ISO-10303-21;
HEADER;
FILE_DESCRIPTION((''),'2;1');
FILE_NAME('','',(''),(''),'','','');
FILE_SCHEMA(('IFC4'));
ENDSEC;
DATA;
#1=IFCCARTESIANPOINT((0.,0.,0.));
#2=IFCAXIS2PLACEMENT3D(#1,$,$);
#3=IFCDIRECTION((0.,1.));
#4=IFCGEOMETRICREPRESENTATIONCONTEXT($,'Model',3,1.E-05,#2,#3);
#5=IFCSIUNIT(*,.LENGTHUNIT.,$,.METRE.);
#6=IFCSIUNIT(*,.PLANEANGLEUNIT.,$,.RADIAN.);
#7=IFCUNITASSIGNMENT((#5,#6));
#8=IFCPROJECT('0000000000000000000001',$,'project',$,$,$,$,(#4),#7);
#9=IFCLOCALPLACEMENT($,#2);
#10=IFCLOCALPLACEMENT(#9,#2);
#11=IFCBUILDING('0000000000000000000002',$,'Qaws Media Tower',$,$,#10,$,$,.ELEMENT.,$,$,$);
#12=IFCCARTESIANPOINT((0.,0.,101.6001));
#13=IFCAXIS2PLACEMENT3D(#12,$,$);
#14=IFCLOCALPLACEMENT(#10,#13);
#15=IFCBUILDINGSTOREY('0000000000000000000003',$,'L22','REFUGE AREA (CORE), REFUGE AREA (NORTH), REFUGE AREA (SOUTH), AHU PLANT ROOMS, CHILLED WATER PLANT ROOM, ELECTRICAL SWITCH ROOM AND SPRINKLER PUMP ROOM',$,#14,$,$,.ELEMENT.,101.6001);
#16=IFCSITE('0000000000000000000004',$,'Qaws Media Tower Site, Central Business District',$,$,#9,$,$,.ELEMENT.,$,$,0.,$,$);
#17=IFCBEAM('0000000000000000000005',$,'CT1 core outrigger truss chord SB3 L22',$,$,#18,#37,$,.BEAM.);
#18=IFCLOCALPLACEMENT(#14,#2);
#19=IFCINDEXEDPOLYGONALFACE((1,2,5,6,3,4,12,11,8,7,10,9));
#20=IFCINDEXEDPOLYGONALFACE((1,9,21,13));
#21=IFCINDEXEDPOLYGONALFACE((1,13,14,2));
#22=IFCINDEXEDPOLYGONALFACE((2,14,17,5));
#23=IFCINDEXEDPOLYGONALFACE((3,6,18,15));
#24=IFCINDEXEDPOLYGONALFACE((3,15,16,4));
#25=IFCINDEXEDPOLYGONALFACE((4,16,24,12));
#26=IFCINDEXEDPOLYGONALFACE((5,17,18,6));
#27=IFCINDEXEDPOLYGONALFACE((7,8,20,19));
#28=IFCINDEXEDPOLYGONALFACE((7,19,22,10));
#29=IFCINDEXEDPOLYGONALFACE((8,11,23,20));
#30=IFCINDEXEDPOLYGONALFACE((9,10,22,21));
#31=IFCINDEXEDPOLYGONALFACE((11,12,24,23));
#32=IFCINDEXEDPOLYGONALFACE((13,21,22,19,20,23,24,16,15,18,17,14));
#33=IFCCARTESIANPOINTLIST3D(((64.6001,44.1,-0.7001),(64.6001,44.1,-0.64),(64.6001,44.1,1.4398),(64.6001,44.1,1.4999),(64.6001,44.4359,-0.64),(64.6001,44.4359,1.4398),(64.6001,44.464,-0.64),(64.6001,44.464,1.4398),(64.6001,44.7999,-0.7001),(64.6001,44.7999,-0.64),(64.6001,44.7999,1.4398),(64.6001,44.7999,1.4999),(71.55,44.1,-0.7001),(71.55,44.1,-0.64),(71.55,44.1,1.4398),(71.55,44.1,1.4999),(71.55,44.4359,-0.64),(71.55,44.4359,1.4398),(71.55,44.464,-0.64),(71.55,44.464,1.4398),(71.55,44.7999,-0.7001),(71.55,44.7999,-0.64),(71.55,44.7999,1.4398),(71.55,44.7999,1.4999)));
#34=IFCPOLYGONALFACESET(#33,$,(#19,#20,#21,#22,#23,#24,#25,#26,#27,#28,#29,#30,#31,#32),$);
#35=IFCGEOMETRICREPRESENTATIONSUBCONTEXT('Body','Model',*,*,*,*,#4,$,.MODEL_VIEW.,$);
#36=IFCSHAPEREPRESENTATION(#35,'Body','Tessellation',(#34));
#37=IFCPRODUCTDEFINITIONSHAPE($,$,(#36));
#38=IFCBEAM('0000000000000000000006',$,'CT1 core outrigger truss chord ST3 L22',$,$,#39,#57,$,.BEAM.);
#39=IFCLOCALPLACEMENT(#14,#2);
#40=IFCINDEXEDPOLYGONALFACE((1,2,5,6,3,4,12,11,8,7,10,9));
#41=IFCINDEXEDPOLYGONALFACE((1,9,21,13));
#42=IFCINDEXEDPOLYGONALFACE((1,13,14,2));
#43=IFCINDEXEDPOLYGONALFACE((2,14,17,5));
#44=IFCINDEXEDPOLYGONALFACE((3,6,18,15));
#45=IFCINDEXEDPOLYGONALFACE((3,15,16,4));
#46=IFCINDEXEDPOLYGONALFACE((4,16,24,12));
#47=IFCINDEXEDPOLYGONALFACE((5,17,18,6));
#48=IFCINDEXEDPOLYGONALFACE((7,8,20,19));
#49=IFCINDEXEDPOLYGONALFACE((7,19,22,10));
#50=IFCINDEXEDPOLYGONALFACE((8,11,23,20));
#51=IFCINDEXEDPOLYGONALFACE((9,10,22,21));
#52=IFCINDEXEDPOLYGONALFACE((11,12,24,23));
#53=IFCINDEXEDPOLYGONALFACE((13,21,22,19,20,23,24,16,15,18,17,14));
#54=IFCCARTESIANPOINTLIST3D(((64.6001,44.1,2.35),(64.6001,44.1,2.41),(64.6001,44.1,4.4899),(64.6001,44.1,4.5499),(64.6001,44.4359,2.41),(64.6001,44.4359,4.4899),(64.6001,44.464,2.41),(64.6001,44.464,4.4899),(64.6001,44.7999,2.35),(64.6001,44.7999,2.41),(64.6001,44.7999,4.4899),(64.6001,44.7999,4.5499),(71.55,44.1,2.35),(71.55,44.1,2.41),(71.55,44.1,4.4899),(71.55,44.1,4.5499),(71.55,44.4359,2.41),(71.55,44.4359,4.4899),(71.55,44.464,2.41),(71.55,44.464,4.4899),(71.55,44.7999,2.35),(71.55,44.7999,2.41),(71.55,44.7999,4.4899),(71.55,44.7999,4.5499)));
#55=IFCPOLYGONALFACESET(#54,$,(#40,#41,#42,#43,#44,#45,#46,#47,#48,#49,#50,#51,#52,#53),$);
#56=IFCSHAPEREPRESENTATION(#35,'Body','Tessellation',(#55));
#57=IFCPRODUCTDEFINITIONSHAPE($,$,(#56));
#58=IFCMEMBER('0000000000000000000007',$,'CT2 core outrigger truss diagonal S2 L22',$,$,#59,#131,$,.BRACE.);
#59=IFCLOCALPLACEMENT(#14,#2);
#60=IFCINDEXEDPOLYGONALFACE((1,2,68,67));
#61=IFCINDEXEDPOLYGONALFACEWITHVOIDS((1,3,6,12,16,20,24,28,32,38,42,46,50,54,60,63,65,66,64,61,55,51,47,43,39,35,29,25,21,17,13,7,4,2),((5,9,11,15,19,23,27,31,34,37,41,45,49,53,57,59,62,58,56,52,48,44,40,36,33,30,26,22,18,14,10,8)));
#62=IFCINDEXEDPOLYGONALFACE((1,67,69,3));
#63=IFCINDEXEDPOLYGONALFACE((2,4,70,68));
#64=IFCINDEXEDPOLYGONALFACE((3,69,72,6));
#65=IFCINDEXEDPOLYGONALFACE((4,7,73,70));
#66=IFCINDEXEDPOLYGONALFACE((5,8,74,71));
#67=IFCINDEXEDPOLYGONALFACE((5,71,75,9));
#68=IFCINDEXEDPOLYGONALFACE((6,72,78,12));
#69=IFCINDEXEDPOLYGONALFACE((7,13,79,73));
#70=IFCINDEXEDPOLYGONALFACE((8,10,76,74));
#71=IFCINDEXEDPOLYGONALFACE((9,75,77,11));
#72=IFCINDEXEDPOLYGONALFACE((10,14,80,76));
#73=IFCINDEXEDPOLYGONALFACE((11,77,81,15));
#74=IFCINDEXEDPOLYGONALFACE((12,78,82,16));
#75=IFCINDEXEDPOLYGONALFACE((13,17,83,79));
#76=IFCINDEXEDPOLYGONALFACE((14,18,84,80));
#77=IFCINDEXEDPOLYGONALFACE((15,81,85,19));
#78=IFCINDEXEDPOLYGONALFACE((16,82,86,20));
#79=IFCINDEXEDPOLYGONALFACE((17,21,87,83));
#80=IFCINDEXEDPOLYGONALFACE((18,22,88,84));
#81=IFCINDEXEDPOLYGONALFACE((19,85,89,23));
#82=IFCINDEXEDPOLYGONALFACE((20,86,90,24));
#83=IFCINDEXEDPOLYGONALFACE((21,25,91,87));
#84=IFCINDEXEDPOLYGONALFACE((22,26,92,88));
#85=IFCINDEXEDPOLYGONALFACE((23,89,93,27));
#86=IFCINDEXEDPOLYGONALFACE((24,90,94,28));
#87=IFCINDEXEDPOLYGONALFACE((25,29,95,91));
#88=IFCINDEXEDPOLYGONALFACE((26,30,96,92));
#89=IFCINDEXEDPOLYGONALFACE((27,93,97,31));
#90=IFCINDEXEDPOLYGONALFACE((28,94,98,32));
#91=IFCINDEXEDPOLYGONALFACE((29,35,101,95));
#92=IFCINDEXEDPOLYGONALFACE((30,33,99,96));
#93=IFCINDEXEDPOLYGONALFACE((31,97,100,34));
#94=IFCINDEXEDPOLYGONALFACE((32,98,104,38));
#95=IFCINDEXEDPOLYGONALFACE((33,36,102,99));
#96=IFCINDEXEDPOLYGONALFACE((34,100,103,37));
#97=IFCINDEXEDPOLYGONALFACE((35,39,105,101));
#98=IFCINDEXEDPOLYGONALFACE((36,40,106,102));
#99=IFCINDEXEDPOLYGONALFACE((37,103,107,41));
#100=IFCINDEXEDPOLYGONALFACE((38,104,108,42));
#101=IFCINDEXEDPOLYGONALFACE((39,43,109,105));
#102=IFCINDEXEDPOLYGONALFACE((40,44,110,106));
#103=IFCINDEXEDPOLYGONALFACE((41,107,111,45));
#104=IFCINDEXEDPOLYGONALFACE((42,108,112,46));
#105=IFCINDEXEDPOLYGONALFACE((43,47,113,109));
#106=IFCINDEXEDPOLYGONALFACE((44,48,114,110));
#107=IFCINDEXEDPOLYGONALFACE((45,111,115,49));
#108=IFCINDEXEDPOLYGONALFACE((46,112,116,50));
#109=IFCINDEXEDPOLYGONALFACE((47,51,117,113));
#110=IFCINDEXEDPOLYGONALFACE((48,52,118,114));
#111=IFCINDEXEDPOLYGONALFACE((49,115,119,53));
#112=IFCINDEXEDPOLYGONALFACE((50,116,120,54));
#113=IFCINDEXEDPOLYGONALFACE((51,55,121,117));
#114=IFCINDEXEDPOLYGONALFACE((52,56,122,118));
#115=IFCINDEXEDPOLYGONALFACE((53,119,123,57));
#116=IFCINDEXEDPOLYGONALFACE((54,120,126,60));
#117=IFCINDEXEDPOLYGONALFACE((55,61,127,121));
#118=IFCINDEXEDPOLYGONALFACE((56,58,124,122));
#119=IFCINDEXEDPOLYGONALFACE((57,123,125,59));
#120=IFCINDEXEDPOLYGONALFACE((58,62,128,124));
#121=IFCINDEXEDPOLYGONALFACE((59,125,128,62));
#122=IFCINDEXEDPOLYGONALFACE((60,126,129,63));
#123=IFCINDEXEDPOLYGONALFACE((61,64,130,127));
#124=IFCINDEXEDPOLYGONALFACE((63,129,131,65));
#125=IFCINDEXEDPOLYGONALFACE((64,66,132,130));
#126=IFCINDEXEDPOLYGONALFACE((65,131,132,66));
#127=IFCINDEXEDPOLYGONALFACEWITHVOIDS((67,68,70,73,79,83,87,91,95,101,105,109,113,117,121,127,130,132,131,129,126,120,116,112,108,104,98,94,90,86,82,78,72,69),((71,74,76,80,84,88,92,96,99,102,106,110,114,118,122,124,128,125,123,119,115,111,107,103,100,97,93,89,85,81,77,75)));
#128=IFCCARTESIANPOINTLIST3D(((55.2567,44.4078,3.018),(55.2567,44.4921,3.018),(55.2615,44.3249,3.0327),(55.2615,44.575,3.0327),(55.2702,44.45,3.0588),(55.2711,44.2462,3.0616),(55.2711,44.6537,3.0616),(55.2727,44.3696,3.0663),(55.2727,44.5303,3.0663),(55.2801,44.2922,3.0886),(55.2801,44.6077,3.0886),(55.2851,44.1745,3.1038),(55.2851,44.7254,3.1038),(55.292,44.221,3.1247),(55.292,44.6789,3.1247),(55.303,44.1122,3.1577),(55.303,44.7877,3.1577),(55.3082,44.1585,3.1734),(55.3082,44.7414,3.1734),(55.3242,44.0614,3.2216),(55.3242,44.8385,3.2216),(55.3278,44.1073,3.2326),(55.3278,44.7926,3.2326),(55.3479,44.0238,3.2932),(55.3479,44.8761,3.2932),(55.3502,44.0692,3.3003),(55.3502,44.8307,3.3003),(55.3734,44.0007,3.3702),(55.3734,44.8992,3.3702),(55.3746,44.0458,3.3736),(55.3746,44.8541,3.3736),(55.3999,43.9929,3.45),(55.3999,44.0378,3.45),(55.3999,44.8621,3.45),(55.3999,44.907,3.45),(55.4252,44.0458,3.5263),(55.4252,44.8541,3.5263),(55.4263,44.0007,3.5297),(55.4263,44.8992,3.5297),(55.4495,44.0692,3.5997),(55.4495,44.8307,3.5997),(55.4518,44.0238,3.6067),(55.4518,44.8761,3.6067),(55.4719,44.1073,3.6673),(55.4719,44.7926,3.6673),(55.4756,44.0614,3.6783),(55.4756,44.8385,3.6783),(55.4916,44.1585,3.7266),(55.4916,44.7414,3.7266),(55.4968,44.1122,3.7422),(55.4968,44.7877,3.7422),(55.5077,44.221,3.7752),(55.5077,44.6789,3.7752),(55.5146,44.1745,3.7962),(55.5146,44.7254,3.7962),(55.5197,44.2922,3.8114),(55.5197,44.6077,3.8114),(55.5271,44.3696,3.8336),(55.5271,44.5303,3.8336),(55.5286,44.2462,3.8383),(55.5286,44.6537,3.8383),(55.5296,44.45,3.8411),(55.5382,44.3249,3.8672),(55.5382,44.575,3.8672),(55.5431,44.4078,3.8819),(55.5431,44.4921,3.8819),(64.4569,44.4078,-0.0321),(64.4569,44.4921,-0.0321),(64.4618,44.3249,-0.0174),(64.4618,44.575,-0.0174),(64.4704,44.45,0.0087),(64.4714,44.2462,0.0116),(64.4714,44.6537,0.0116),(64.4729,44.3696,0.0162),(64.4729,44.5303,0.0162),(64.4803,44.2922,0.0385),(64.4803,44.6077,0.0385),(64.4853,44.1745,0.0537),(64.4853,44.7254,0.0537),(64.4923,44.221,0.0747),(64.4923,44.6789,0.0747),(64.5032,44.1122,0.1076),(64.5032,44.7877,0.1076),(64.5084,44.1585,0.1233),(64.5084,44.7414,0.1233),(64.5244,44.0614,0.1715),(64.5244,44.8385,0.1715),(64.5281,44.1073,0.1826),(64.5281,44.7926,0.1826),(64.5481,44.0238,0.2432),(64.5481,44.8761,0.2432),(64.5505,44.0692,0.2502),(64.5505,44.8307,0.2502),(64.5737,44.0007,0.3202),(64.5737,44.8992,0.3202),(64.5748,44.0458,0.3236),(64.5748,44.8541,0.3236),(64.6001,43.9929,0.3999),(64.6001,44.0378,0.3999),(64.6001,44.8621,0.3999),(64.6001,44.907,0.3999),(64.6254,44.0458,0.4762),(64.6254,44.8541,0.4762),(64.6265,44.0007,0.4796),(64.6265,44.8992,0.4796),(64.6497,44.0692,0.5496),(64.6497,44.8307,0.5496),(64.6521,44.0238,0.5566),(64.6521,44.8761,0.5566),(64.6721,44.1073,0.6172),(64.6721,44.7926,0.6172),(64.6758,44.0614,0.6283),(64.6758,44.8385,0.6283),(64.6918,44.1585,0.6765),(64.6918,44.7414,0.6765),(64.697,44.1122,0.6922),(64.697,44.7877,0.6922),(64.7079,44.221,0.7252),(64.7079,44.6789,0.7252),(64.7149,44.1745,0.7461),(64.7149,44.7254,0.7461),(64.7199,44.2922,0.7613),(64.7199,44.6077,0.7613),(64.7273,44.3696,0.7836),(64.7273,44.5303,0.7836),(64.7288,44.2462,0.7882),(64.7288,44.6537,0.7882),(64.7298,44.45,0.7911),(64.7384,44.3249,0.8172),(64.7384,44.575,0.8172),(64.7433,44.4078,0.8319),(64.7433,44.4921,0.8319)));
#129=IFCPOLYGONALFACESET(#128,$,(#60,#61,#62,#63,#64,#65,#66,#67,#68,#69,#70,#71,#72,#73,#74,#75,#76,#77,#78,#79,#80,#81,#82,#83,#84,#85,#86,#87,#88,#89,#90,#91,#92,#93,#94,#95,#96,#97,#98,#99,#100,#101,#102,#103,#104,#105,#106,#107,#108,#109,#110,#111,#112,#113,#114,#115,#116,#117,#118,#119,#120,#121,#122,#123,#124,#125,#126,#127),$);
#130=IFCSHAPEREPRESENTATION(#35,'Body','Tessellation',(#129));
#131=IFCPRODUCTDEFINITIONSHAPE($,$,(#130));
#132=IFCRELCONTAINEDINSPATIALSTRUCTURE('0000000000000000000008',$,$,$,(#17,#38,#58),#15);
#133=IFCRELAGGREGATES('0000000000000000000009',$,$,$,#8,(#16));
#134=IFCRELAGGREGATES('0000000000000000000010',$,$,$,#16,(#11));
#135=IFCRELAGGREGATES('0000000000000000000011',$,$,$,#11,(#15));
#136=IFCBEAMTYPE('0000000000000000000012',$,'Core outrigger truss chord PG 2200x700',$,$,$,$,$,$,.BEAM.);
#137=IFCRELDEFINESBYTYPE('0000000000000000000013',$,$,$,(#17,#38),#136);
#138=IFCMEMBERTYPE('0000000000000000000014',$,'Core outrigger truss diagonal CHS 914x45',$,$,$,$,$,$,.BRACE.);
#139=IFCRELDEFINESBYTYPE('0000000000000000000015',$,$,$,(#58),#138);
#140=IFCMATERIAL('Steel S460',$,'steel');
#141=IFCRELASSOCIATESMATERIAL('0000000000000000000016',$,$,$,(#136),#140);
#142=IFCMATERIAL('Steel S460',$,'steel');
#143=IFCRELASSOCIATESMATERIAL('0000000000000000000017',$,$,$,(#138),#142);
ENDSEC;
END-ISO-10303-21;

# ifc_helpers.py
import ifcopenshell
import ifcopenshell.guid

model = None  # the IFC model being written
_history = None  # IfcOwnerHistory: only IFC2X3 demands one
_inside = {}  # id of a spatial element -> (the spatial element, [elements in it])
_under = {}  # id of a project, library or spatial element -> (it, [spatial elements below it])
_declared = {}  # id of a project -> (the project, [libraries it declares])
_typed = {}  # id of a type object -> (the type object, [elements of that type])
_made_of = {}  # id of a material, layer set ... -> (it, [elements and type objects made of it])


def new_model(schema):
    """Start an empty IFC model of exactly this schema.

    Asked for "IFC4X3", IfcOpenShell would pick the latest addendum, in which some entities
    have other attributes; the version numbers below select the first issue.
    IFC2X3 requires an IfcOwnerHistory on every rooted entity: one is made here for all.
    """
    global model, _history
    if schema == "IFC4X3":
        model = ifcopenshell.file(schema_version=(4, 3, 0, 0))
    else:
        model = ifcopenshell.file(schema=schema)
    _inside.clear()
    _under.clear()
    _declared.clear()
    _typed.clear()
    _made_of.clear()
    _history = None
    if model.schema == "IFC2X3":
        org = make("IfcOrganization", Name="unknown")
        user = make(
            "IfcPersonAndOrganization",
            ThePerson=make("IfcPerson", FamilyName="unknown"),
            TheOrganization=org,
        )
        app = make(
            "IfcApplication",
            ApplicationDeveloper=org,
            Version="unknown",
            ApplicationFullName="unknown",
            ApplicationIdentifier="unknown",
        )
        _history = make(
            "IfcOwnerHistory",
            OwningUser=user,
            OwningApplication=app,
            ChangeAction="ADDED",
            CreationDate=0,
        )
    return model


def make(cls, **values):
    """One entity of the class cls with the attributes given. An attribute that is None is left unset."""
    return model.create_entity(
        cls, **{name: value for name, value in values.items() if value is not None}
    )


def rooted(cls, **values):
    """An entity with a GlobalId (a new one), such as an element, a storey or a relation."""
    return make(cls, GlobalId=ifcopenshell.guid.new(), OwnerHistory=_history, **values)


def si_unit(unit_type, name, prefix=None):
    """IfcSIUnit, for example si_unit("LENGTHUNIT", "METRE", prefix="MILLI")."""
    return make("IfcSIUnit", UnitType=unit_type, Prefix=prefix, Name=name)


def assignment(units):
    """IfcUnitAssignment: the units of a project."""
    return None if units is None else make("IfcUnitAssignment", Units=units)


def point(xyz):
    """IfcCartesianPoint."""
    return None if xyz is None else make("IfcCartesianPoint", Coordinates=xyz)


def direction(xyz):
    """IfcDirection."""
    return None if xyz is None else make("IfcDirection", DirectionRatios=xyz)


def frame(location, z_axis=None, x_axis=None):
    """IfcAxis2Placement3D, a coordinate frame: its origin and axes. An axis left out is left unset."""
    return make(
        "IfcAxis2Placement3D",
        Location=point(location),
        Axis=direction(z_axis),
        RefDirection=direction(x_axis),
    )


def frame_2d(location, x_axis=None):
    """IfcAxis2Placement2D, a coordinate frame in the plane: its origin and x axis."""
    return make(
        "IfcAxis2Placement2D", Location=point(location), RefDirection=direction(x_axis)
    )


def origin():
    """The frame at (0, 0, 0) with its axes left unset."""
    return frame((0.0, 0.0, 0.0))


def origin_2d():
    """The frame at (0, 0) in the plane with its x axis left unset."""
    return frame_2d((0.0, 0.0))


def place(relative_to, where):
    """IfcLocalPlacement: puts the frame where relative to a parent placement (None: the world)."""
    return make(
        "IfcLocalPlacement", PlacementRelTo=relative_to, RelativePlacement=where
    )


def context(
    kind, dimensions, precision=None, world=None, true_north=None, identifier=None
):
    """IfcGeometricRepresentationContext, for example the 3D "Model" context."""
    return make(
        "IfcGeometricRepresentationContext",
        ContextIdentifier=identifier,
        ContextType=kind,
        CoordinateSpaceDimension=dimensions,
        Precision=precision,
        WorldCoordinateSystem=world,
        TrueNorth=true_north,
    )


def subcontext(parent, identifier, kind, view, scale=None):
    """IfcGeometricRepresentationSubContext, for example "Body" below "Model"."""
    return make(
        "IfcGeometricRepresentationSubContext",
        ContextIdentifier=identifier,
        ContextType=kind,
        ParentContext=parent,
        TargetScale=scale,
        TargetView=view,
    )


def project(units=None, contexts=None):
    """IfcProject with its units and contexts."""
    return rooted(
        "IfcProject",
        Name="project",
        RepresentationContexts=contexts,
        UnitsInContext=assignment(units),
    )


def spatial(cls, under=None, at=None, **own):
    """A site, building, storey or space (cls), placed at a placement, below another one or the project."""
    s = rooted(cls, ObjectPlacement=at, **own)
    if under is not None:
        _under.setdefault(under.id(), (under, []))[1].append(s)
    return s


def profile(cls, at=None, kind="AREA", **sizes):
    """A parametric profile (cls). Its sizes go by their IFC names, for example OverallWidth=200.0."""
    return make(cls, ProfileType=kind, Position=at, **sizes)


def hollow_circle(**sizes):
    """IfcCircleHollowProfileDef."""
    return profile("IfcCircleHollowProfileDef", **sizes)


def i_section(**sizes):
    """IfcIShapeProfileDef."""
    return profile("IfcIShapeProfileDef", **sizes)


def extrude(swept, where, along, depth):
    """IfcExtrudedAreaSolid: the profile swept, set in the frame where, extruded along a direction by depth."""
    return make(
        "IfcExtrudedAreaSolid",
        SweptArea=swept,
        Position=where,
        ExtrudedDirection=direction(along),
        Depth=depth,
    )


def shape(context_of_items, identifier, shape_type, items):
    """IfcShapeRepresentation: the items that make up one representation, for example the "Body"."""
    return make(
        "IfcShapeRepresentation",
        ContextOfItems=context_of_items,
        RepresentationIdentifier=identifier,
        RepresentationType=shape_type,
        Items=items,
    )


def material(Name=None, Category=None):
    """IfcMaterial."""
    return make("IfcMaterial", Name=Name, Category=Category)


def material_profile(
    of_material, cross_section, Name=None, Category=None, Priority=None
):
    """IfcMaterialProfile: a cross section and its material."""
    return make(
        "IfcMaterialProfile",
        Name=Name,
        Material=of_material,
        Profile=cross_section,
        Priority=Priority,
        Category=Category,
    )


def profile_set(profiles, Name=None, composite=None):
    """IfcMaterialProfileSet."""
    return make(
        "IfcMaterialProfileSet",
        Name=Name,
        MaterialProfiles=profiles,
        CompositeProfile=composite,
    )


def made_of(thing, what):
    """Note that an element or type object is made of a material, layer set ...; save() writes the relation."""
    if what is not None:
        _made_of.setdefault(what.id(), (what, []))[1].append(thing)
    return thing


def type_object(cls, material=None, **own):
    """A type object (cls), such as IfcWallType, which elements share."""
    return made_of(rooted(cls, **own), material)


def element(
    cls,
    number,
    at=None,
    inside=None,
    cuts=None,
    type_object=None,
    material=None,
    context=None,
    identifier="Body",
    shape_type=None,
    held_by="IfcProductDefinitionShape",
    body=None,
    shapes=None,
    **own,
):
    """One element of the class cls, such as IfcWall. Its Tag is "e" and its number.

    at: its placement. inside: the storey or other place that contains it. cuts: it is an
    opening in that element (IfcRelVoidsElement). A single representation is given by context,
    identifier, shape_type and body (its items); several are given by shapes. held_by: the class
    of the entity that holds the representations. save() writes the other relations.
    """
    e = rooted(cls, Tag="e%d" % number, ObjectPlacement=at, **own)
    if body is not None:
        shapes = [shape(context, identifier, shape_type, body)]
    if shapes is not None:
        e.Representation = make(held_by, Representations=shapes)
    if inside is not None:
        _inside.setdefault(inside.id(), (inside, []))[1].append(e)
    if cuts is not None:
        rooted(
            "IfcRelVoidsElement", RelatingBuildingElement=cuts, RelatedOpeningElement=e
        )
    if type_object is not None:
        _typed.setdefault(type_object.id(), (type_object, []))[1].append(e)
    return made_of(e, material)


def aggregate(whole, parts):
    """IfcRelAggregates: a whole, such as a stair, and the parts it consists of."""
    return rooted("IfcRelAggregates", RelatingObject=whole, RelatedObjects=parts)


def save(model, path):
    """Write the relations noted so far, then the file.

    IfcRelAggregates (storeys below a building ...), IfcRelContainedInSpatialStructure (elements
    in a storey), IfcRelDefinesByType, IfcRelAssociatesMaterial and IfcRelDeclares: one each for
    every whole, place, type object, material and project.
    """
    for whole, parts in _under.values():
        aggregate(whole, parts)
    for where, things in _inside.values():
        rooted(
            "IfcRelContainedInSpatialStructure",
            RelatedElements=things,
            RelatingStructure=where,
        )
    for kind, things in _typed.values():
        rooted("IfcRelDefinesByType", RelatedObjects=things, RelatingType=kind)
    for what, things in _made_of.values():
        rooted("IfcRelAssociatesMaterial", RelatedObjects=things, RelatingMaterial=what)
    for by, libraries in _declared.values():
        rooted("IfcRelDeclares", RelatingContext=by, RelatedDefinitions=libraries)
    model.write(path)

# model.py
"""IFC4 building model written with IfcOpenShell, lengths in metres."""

from ifc_helpers import new_model, si_unit, direction, frame, origin, origin_2d, place, context, subcontext, project, spatial, hollow_circle, i_section, extrude, material, material_profile, profile_set, type_object, element, save


model = new_model("IFC4")

# Units and contexts
model_context = context("Model", 3, precision=1e-05, world=origin(), true_north=direction((0.0, 1.0)))
body_context = subcontext(model_context, "Body", "Model", "MODEL_VIEW")
ifc_project = project(units=[si_unit("LENGTHUNIT", "METRE"), si_unit("PLANEANGLEUNIT", "RADIAN")], contexts=[model_context])

# Site, building, storey
site_placement = place(None, origin())
site = spatial("IfcSite", under=ifc_project, at=site_placement, Name="Qaws Media Tower Site, Central Business District", CompositionType="ELEMENT", RefElevation=0.0)
building_placement = place(site_placement, origin())
building = spatial("IfcBuilding", under=site, at=building_placement, Name="Qaws Media Tower", CompositionType="ELEMENT")
storey_placement = place(building_placement, frame((0.0, 0.0, 101.6001)))
storey = spatial("IfcBuildingStorey", under=building, at=storey_placement, Name="L22", Description="REFUGE AREA (CORE), REFUGE AREA (NORTH), REFUGE AREA (SOUTH), AHU PLANT ROOMS, CHILLED WATER PLANT ROOM, ELECTRICAL SWITCH ROOM AND SPRINKLER PUMP ROOM", CompositionType="ELEMENT", Elevation=101.6001)

# Beams
ifc_material_1 = material(Name="Steel S460", Category="steel")
ifc_material_profile_1 = material_profile(ifc_material_1, i_section(OverallWidth=0.7, OverallDepth=2.2, WebThickness=0.0281, FlangeThickness=0.0601, at=origin_2d()), Name="PG 2200x700")
ifc_profile_set_1 = profile_set([ifc_material_profile_1], Name="Steel S460")
beam_type_1 = type_object("IfcBeamType", Name="Core outrigger truss chord PG 2200x700", PredefinedType="BEAM", material=ifc_profile_set_1)
for number, where, z_axis, x_axis, name in (
    (1, (64.6001, 44.45, 0.3999), (1.0, 0.0, 0.0), (0.0, 1.0, 0.0), "CT1 core outrigger truss chord SB3 L22"),
    (2, (64.6001, 44.45, 3.45), (1.0, 0.0, 0.0), (0.0, 1.0, 0.0), "CT1 core outrigger truss chord ST3 L22"),
):
    element("IfcBeam", number, at=place(storey_placement, frame(where, z_axis=z_axis, x_axis=x_axis)), inside=storey, type_object=beam_type_1, Name=name, PredefinedType="BEAM", context=body_context, shape_type="SweptSolid", body=[
        extrude(i_section(OverallWidth=0.7, OverallDepth=2.2, WebThickness=0.0281, FlangeThickness=0.0601, at=origin_2d()), origin(), (0.0, 0.0, 1.0), 6.95),
    ])

# Member
ifc_material_2 = material(Name="Steel S460", Category="steel")
ifc_material_profile_2 = material_profile(ifc_material_2, hollow_circle(Radius=0.457, WallThickness=0.0449, at=origin_2d()), Name="CHS 914x45")
ifc_profile_set_2 = profile_set([ifc_material_profile_2], Name="Steel S460")
member_type = type_object("IfcMemberType", Name="Core outrigger truss diagonal CHS 914x45", PredefinedType="BRACE", material=ifc_profile_set_2)
member_1_placement = place(storey_placement, frame((64.6001, 44.45, 0.3999), z_axis=(-0.949198, 0.0, 0.314678), x_axis=(0.0, -1.0, 0.0)))
element("IfcMember", 3, at=member_1_placement, inside=storey, type_object=member_type, Name="CT2 core outrigger truss diagonal S2 L22", PredefinedType="BRACE", context=body_context, shape_type="SweptSolid", body=[
    extrude(hollow_circle(Radius=0.457, WallThickness=0.0449, at=origin_2d()), origin(), (0.0, 0.0, 1.0), 9.6926),
])

save(model, "model.ifc")
